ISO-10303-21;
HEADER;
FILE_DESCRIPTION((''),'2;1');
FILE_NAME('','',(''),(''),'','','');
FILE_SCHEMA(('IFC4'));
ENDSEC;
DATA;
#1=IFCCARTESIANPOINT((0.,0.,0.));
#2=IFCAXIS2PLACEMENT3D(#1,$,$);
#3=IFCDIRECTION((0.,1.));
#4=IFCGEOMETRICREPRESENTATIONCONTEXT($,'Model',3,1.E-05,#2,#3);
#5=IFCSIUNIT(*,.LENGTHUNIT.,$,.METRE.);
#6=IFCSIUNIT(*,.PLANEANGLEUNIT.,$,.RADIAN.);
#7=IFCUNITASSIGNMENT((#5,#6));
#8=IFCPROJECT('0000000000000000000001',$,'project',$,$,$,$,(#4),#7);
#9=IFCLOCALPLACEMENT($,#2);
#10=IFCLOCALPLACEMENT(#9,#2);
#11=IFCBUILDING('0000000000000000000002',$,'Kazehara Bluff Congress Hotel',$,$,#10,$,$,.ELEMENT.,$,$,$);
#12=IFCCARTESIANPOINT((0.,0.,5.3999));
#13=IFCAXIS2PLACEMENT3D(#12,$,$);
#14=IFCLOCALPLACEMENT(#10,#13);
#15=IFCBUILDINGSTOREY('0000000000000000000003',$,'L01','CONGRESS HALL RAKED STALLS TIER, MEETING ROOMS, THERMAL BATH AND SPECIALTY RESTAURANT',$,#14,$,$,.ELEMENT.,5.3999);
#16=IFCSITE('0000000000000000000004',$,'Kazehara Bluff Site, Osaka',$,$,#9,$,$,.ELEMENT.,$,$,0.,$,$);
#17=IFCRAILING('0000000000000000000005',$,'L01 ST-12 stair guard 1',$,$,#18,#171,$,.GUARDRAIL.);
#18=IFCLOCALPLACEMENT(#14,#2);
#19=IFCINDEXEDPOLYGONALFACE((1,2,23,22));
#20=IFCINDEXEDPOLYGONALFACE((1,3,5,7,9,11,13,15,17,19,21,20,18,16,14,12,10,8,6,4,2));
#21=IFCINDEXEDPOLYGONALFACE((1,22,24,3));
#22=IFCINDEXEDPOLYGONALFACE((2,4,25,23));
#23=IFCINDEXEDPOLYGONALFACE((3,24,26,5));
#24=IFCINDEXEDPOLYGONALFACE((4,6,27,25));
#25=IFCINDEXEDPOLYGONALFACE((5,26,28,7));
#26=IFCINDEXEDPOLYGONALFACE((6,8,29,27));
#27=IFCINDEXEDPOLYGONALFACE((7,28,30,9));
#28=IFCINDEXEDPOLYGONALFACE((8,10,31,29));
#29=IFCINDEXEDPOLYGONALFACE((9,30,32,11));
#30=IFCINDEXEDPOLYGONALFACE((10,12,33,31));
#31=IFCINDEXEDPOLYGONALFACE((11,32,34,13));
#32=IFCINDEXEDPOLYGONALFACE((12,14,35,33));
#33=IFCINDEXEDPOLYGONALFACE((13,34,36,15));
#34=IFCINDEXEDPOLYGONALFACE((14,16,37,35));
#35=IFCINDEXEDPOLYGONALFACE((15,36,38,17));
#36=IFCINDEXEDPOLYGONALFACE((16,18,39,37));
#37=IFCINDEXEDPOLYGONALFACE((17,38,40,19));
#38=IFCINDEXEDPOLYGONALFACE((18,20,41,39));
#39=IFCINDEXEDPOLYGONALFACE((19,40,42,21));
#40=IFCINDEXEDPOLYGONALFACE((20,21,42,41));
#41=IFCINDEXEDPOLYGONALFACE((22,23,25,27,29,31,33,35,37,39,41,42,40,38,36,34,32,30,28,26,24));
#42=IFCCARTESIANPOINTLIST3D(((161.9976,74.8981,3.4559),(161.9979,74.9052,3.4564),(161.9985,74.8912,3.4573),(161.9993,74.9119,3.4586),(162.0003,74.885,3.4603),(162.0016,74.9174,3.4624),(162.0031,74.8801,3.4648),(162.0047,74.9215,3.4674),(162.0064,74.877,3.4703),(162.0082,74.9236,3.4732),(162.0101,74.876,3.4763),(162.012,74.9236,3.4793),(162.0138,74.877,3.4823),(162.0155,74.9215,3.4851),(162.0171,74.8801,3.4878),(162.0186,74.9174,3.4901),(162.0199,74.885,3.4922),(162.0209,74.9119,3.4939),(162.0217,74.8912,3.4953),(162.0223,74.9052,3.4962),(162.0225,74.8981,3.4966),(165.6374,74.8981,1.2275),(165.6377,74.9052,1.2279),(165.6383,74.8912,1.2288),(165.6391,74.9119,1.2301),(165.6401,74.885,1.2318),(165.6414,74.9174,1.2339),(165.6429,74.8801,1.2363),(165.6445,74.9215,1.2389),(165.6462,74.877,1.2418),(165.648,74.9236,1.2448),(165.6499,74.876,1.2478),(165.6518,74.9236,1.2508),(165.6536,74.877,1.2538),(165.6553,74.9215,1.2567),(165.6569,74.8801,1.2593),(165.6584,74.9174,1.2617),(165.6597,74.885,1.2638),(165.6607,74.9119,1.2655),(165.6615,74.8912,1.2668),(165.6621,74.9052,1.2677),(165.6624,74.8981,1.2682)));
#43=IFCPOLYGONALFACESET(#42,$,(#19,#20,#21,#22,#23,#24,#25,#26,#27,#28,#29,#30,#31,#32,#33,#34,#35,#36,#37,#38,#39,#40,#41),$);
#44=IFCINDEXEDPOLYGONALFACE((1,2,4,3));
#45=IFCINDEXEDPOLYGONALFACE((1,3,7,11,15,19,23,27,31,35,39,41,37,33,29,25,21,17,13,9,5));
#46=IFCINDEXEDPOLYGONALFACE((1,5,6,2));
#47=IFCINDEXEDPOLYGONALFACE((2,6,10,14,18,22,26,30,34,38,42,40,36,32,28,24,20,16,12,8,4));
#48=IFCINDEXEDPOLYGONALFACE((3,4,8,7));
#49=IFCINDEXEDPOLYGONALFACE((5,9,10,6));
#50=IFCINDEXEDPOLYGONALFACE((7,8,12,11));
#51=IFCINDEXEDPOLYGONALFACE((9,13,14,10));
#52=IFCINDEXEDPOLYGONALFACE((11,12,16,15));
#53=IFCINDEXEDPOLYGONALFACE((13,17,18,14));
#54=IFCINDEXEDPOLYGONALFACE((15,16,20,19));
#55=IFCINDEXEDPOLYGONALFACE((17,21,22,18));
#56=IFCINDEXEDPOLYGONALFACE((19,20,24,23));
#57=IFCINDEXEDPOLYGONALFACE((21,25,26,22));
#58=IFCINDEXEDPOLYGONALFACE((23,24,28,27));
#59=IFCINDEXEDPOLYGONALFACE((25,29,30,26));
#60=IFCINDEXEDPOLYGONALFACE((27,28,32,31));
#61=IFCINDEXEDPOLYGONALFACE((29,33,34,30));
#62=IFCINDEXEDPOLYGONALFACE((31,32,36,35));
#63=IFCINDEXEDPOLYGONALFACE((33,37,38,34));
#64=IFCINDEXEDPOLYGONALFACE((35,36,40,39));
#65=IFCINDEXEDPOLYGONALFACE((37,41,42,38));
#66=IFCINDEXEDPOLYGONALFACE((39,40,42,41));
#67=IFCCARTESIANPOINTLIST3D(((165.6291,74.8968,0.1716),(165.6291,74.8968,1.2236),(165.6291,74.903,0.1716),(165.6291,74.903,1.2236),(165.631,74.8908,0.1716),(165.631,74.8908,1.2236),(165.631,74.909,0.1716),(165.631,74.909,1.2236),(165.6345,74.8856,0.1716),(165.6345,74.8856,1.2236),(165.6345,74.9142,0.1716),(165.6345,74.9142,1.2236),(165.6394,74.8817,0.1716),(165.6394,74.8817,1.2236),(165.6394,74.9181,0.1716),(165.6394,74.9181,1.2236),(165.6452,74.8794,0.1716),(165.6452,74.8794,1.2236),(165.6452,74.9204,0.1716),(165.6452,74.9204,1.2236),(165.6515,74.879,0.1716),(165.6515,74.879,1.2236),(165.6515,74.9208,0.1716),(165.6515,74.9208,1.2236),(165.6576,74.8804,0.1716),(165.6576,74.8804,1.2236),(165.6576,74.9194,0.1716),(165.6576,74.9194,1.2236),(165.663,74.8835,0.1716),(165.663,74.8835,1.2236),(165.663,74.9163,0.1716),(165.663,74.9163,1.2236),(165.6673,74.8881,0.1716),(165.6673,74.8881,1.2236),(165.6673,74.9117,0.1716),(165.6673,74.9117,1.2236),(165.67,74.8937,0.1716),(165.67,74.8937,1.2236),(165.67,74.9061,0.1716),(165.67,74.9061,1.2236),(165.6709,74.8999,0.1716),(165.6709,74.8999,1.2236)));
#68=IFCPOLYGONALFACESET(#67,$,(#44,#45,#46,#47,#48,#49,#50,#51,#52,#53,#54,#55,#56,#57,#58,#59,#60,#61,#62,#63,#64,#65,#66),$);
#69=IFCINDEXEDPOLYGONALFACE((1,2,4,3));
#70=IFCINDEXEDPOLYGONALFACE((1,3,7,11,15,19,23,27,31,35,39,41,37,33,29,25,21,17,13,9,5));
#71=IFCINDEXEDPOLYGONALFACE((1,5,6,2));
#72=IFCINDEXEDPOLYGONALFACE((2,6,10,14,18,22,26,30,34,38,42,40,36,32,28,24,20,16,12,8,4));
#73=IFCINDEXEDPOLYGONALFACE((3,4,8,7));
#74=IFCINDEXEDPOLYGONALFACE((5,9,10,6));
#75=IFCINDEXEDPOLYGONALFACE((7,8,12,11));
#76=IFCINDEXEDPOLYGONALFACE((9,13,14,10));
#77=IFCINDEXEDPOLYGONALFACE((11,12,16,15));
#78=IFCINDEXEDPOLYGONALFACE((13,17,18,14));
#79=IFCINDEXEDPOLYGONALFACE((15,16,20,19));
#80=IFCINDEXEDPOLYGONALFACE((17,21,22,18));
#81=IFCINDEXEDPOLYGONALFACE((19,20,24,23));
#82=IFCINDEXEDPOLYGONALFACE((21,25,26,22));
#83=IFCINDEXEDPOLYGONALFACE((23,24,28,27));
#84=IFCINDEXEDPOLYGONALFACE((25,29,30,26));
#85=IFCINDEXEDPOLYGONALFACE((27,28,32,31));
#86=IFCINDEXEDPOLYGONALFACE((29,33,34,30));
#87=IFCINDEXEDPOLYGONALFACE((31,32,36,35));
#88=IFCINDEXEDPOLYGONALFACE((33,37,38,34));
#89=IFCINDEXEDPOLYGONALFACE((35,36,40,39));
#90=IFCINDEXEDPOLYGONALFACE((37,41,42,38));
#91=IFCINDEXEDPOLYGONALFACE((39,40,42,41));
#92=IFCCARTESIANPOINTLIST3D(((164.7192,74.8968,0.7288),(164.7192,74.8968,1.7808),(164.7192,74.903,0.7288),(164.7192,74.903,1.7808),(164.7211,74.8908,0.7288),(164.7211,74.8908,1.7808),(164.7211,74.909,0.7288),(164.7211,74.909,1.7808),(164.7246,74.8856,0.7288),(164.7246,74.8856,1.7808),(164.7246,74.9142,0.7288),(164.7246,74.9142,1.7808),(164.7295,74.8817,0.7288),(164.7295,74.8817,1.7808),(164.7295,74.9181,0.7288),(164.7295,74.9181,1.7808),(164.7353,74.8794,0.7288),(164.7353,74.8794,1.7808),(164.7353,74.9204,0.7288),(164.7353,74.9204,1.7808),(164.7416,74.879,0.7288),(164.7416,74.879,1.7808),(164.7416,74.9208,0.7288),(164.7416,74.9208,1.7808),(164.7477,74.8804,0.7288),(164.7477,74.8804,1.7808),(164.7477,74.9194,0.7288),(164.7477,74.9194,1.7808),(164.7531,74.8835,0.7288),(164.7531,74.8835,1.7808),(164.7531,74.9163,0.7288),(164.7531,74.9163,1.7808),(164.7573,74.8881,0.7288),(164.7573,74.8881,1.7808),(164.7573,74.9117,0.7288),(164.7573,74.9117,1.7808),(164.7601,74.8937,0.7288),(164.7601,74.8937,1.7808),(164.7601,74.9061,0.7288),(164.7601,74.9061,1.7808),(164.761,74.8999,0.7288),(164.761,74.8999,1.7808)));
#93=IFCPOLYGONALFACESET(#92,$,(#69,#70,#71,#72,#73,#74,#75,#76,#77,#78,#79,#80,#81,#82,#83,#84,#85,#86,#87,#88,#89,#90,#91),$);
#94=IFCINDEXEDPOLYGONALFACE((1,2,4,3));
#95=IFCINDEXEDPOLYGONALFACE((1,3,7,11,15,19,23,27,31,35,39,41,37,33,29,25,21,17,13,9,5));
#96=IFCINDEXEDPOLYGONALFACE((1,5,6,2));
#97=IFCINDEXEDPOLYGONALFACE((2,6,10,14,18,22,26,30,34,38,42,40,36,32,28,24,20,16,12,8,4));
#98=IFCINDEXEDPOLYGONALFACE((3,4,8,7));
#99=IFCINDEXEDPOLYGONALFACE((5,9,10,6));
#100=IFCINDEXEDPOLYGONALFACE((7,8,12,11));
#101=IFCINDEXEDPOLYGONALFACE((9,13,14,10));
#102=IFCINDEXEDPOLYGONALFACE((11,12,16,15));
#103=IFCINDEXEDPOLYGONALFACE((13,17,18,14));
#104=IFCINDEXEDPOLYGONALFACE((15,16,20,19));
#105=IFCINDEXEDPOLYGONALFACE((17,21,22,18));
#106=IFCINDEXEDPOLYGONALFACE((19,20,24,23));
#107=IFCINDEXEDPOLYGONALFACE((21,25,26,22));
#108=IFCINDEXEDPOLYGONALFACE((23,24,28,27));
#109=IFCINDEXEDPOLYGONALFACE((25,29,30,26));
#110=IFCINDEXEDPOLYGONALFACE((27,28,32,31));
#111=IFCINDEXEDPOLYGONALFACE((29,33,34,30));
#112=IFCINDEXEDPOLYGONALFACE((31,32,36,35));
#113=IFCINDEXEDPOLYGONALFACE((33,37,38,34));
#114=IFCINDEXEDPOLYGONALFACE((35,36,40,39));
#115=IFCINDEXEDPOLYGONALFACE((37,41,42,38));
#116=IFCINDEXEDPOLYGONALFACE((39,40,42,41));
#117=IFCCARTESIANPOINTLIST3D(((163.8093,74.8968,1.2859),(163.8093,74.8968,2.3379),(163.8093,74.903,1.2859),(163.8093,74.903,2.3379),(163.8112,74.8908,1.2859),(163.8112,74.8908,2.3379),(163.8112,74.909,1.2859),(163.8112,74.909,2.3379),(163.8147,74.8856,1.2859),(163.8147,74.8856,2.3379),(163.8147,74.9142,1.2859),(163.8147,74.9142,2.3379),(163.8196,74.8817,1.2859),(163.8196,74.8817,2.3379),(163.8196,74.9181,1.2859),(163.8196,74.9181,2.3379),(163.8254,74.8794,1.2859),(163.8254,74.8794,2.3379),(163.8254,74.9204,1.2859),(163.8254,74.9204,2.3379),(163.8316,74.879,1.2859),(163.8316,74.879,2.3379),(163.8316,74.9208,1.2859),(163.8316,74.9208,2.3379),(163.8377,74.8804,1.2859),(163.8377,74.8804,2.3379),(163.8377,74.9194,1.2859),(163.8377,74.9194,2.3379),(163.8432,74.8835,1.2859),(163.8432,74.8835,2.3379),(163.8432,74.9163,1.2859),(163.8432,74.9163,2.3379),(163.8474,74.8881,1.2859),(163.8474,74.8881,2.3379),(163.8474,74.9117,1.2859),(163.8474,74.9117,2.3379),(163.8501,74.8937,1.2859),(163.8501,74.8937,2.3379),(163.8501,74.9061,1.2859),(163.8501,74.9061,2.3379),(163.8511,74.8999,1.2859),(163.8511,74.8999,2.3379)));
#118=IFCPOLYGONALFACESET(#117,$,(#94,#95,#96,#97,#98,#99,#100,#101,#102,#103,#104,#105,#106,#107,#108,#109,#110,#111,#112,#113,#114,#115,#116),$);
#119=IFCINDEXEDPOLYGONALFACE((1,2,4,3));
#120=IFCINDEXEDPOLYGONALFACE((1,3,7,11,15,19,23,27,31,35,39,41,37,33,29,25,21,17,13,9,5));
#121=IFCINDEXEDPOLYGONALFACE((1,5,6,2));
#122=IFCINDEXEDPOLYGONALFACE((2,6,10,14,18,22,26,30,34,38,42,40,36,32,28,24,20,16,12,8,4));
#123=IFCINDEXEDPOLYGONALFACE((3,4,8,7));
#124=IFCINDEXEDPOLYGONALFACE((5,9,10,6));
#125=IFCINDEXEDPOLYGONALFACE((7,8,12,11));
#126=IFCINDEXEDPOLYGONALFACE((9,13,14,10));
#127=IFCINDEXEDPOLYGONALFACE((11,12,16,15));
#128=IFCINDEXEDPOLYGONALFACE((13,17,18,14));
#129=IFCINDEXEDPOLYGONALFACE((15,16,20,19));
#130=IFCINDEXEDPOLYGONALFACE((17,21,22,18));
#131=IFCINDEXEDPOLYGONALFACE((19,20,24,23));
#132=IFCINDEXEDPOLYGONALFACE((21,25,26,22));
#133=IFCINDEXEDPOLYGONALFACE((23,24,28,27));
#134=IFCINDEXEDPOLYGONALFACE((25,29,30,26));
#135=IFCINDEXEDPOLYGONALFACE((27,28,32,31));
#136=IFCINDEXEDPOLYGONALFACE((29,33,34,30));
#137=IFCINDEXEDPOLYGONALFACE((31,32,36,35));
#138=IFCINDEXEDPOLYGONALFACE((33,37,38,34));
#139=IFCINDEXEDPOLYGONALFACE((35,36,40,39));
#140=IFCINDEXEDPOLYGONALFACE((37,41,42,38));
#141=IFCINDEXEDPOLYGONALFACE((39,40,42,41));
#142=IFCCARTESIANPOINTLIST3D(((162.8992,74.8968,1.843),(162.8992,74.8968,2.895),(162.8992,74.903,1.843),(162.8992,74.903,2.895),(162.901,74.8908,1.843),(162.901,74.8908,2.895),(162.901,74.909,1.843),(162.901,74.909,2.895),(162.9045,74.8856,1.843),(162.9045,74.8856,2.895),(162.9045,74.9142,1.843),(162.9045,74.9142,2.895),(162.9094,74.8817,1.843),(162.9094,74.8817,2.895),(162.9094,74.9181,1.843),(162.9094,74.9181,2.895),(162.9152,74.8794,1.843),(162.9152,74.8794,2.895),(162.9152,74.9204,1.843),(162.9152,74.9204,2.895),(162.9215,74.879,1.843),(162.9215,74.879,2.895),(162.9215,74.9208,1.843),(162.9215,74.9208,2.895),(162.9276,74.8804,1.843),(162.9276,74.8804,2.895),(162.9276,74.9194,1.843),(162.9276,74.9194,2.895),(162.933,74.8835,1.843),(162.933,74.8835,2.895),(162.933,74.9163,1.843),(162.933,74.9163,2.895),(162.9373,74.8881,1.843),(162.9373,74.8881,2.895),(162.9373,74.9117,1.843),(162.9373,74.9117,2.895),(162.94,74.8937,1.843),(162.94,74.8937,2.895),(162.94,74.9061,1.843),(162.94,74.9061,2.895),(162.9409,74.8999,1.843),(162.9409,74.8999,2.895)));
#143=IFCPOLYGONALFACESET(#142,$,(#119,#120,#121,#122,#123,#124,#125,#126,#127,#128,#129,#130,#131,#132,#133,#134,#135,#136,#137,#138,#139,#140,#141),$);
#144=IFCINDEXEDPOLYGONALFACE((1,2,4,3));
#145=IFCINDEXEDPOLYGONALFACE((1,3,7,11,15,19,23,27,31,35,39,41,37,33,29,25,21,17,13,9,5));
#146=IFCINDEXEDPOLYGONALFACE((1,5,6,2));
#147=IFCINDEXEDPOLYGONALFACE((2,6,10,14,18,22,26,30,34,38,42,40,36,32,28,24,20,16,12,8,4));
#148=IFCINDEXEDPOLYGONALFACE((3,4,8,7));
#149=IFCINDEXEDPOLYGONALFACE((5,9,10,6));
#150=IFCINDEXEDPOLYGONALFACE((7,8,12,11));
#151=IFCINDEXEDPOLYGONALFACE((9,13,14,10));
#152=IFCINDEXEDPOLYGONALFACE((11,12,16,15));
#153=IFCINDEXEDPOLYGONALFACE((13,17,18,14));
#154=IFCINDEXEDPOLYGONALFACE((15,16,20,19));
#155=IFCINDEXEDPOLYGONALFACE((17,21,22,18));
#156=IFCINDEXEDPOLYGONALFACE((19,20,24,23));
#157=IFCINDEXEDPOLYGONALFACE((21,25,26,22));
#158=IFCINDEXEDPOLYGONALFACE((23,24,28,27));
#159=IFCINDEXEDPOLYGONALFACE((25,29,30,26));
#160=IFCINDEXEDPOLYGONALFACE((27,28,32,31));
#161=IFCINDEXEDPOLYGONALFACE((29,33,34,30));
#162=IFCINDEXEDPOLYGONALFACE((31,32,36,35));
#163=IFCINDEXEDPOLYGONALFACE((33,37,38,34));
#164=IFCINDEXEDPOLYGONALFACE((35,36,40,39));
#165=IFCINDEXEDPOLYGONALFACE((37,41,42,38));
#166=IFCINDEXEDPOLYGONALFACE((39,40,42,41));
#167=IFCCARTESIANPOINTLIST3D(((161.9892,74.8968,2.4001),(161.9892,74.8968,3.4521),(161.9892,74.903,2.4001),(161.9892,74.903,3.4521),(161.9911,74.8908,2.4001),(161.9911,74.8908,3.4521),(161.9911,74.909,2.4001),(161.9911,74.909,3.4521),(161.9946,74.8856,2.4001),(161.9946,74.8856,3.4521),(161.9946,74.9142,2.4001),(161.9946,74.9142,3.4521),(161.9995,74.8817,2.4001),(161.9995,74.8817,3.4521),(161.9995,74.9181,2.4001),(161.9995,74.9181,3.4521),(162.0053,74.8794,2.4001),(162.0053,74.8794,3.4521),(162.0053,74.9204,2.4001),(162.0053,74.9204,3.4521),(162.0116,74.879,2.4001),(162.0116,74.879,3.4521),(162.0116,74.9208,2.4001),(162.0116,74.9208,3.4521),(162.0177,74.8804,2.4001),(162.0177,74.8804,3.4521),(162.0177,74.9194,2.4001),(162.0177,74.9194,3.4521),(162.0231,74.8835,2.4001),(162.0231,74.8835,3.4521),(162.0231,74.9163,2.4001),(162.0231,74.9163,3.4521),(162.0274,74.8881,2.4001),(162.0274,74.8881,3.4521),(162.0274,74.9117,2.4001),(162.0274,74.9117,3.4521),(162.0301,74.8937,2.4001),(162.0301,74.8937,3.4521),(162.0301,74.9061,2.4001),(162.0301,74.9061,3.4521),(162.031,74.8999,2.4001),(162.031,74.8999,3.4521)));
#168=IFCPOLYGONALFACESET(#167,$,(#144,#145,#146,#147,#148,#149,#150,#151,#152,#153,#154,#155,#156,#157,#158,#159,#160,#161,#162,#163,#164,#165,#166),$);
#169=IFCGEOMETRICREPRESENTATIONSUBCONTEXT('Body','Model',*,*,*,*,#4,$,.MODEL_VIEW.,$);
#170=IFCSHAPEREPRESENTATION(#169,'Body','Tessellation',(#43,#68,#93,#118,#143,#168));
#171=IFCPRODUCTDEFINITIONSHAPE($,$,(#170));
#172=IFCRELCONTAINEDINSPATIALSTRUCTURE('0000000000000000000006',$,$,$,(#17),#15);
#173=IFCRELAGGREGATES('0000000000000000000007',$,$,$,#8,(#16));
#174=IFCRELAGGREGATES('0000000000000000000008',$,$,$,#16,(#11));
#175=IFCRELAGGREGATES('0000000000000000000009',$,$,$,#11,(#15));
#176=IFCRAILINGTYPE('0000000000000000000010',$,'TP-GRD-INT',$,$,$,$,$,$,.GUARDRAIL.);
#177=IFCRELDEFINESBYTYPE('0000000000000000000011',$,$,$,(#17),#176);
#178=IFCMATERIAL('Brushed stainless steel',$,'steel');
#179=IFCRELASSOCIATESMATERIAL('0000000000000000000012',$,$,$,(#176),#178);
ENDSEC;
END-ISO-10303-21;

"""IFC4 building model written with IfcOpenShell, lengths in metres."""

from ifc_helpers import new_model, si_unit, direction, frame, origin, origin_2d, place, context, subcontext, project, spatial, circle, extrude, material, type_object, element, save


model = new_model("IFC4")

# Units and contexts
model_context = context("Model", 3, precision=1e-05, world=origin(), true_north=direction((0.0, 1.0)))
body_context = subcontext(model_context, "Body", "Model", "MODEL_VIEW")
ifc_project = project(units=[si_unit("LENGTHUNIT", "METRE"), si_unit("PLANEANGLEUNIT", "RADIAN")], contexts=[model_context])

# Site, building, storey
site_placement = place(None, origin())
site = spatial("IfcSite", under=ifc_project, at=site_placement, Name="Kazehara Bluff Site, Osaka", CompositionType="ELEMENT", RefElevation=0.0)
building_placement = place(site_placement, origin())
building = spatial("IfcBuilding", under=site, at=building_placement, Name="Kazehara Bluff Congress Hotel", CompositionType="ELEMENT")
storey_placement = place(building_placement, frame((0.0, 0.0, 5.3999)))
storey = spatial("IfcBuildingStorey", under=building, at=storey_placement, Name="L01", Description="CONGRESS HALL RAKED STALLS TIER, MEETING ROOMS, THERMAL BATH AND SPECIALTY RESTAURANT", CompositionType="ELEMENT", Elevation=5.3999)

# Railing
ifc_material_1 = material(Name="Brushed stainless steel", Category="steel")
railing_type_1 = type_object("IfcRailingType", Name="TP-GRD-INT", PredefinedType="GUARDRAIL", material=ifc_material_1)
railing_1_placement = place(storey_placement, frame((165.6499, 74.8999, 0.1716)))
element("IfcRailing", 1, at=railing_1_placement, inside=storey, type_object=railing_type_1, Name="L01 ST-12 stair guard 1", PredefinedType="GUARDRAIL", context=body_context, shape_type="SweptSolid", body=[
    extrude(circle(Radius=0.0239, at=origin_2d()), frame((0.0, 0.0, 1.0762), z_axis=(-0.85285, 0.0, 0.522156), x_axis=(0.0, -1.0, 0.0)), (0.0, 0.0, 1.0), 4.2678),
    extrude(circle(Radius=0.021, at=origin_2d()), origin(), (0.0, 0.0, 1.0), 1.052),
    extrude(circle(Radius=0.021, at=origin_2d()), frame((-0.9099, 0.0, 0.5571)), (0.0, 0.0, 1.0), 1.052),
    extrude(circle(Radius=0.021, at=origin_2d()), frame((-1.8198, 0.0, 1.1143)), (0.0, 0.0, 1.0), 1.052),
    extrude(circle(Radius=0.021, at=origin_2d()), frame((-2.73, 0.0, 1.6714)), (0.0, 0.0, 1.0), 1.052),
    extrude(circle(Radius=0.021, at=origin_2d()), frame((-3.6399, 0.0, 2.2285)), (0.0, 0.0, 1.0), 1.052),
])

save(model, "model.ifc")
